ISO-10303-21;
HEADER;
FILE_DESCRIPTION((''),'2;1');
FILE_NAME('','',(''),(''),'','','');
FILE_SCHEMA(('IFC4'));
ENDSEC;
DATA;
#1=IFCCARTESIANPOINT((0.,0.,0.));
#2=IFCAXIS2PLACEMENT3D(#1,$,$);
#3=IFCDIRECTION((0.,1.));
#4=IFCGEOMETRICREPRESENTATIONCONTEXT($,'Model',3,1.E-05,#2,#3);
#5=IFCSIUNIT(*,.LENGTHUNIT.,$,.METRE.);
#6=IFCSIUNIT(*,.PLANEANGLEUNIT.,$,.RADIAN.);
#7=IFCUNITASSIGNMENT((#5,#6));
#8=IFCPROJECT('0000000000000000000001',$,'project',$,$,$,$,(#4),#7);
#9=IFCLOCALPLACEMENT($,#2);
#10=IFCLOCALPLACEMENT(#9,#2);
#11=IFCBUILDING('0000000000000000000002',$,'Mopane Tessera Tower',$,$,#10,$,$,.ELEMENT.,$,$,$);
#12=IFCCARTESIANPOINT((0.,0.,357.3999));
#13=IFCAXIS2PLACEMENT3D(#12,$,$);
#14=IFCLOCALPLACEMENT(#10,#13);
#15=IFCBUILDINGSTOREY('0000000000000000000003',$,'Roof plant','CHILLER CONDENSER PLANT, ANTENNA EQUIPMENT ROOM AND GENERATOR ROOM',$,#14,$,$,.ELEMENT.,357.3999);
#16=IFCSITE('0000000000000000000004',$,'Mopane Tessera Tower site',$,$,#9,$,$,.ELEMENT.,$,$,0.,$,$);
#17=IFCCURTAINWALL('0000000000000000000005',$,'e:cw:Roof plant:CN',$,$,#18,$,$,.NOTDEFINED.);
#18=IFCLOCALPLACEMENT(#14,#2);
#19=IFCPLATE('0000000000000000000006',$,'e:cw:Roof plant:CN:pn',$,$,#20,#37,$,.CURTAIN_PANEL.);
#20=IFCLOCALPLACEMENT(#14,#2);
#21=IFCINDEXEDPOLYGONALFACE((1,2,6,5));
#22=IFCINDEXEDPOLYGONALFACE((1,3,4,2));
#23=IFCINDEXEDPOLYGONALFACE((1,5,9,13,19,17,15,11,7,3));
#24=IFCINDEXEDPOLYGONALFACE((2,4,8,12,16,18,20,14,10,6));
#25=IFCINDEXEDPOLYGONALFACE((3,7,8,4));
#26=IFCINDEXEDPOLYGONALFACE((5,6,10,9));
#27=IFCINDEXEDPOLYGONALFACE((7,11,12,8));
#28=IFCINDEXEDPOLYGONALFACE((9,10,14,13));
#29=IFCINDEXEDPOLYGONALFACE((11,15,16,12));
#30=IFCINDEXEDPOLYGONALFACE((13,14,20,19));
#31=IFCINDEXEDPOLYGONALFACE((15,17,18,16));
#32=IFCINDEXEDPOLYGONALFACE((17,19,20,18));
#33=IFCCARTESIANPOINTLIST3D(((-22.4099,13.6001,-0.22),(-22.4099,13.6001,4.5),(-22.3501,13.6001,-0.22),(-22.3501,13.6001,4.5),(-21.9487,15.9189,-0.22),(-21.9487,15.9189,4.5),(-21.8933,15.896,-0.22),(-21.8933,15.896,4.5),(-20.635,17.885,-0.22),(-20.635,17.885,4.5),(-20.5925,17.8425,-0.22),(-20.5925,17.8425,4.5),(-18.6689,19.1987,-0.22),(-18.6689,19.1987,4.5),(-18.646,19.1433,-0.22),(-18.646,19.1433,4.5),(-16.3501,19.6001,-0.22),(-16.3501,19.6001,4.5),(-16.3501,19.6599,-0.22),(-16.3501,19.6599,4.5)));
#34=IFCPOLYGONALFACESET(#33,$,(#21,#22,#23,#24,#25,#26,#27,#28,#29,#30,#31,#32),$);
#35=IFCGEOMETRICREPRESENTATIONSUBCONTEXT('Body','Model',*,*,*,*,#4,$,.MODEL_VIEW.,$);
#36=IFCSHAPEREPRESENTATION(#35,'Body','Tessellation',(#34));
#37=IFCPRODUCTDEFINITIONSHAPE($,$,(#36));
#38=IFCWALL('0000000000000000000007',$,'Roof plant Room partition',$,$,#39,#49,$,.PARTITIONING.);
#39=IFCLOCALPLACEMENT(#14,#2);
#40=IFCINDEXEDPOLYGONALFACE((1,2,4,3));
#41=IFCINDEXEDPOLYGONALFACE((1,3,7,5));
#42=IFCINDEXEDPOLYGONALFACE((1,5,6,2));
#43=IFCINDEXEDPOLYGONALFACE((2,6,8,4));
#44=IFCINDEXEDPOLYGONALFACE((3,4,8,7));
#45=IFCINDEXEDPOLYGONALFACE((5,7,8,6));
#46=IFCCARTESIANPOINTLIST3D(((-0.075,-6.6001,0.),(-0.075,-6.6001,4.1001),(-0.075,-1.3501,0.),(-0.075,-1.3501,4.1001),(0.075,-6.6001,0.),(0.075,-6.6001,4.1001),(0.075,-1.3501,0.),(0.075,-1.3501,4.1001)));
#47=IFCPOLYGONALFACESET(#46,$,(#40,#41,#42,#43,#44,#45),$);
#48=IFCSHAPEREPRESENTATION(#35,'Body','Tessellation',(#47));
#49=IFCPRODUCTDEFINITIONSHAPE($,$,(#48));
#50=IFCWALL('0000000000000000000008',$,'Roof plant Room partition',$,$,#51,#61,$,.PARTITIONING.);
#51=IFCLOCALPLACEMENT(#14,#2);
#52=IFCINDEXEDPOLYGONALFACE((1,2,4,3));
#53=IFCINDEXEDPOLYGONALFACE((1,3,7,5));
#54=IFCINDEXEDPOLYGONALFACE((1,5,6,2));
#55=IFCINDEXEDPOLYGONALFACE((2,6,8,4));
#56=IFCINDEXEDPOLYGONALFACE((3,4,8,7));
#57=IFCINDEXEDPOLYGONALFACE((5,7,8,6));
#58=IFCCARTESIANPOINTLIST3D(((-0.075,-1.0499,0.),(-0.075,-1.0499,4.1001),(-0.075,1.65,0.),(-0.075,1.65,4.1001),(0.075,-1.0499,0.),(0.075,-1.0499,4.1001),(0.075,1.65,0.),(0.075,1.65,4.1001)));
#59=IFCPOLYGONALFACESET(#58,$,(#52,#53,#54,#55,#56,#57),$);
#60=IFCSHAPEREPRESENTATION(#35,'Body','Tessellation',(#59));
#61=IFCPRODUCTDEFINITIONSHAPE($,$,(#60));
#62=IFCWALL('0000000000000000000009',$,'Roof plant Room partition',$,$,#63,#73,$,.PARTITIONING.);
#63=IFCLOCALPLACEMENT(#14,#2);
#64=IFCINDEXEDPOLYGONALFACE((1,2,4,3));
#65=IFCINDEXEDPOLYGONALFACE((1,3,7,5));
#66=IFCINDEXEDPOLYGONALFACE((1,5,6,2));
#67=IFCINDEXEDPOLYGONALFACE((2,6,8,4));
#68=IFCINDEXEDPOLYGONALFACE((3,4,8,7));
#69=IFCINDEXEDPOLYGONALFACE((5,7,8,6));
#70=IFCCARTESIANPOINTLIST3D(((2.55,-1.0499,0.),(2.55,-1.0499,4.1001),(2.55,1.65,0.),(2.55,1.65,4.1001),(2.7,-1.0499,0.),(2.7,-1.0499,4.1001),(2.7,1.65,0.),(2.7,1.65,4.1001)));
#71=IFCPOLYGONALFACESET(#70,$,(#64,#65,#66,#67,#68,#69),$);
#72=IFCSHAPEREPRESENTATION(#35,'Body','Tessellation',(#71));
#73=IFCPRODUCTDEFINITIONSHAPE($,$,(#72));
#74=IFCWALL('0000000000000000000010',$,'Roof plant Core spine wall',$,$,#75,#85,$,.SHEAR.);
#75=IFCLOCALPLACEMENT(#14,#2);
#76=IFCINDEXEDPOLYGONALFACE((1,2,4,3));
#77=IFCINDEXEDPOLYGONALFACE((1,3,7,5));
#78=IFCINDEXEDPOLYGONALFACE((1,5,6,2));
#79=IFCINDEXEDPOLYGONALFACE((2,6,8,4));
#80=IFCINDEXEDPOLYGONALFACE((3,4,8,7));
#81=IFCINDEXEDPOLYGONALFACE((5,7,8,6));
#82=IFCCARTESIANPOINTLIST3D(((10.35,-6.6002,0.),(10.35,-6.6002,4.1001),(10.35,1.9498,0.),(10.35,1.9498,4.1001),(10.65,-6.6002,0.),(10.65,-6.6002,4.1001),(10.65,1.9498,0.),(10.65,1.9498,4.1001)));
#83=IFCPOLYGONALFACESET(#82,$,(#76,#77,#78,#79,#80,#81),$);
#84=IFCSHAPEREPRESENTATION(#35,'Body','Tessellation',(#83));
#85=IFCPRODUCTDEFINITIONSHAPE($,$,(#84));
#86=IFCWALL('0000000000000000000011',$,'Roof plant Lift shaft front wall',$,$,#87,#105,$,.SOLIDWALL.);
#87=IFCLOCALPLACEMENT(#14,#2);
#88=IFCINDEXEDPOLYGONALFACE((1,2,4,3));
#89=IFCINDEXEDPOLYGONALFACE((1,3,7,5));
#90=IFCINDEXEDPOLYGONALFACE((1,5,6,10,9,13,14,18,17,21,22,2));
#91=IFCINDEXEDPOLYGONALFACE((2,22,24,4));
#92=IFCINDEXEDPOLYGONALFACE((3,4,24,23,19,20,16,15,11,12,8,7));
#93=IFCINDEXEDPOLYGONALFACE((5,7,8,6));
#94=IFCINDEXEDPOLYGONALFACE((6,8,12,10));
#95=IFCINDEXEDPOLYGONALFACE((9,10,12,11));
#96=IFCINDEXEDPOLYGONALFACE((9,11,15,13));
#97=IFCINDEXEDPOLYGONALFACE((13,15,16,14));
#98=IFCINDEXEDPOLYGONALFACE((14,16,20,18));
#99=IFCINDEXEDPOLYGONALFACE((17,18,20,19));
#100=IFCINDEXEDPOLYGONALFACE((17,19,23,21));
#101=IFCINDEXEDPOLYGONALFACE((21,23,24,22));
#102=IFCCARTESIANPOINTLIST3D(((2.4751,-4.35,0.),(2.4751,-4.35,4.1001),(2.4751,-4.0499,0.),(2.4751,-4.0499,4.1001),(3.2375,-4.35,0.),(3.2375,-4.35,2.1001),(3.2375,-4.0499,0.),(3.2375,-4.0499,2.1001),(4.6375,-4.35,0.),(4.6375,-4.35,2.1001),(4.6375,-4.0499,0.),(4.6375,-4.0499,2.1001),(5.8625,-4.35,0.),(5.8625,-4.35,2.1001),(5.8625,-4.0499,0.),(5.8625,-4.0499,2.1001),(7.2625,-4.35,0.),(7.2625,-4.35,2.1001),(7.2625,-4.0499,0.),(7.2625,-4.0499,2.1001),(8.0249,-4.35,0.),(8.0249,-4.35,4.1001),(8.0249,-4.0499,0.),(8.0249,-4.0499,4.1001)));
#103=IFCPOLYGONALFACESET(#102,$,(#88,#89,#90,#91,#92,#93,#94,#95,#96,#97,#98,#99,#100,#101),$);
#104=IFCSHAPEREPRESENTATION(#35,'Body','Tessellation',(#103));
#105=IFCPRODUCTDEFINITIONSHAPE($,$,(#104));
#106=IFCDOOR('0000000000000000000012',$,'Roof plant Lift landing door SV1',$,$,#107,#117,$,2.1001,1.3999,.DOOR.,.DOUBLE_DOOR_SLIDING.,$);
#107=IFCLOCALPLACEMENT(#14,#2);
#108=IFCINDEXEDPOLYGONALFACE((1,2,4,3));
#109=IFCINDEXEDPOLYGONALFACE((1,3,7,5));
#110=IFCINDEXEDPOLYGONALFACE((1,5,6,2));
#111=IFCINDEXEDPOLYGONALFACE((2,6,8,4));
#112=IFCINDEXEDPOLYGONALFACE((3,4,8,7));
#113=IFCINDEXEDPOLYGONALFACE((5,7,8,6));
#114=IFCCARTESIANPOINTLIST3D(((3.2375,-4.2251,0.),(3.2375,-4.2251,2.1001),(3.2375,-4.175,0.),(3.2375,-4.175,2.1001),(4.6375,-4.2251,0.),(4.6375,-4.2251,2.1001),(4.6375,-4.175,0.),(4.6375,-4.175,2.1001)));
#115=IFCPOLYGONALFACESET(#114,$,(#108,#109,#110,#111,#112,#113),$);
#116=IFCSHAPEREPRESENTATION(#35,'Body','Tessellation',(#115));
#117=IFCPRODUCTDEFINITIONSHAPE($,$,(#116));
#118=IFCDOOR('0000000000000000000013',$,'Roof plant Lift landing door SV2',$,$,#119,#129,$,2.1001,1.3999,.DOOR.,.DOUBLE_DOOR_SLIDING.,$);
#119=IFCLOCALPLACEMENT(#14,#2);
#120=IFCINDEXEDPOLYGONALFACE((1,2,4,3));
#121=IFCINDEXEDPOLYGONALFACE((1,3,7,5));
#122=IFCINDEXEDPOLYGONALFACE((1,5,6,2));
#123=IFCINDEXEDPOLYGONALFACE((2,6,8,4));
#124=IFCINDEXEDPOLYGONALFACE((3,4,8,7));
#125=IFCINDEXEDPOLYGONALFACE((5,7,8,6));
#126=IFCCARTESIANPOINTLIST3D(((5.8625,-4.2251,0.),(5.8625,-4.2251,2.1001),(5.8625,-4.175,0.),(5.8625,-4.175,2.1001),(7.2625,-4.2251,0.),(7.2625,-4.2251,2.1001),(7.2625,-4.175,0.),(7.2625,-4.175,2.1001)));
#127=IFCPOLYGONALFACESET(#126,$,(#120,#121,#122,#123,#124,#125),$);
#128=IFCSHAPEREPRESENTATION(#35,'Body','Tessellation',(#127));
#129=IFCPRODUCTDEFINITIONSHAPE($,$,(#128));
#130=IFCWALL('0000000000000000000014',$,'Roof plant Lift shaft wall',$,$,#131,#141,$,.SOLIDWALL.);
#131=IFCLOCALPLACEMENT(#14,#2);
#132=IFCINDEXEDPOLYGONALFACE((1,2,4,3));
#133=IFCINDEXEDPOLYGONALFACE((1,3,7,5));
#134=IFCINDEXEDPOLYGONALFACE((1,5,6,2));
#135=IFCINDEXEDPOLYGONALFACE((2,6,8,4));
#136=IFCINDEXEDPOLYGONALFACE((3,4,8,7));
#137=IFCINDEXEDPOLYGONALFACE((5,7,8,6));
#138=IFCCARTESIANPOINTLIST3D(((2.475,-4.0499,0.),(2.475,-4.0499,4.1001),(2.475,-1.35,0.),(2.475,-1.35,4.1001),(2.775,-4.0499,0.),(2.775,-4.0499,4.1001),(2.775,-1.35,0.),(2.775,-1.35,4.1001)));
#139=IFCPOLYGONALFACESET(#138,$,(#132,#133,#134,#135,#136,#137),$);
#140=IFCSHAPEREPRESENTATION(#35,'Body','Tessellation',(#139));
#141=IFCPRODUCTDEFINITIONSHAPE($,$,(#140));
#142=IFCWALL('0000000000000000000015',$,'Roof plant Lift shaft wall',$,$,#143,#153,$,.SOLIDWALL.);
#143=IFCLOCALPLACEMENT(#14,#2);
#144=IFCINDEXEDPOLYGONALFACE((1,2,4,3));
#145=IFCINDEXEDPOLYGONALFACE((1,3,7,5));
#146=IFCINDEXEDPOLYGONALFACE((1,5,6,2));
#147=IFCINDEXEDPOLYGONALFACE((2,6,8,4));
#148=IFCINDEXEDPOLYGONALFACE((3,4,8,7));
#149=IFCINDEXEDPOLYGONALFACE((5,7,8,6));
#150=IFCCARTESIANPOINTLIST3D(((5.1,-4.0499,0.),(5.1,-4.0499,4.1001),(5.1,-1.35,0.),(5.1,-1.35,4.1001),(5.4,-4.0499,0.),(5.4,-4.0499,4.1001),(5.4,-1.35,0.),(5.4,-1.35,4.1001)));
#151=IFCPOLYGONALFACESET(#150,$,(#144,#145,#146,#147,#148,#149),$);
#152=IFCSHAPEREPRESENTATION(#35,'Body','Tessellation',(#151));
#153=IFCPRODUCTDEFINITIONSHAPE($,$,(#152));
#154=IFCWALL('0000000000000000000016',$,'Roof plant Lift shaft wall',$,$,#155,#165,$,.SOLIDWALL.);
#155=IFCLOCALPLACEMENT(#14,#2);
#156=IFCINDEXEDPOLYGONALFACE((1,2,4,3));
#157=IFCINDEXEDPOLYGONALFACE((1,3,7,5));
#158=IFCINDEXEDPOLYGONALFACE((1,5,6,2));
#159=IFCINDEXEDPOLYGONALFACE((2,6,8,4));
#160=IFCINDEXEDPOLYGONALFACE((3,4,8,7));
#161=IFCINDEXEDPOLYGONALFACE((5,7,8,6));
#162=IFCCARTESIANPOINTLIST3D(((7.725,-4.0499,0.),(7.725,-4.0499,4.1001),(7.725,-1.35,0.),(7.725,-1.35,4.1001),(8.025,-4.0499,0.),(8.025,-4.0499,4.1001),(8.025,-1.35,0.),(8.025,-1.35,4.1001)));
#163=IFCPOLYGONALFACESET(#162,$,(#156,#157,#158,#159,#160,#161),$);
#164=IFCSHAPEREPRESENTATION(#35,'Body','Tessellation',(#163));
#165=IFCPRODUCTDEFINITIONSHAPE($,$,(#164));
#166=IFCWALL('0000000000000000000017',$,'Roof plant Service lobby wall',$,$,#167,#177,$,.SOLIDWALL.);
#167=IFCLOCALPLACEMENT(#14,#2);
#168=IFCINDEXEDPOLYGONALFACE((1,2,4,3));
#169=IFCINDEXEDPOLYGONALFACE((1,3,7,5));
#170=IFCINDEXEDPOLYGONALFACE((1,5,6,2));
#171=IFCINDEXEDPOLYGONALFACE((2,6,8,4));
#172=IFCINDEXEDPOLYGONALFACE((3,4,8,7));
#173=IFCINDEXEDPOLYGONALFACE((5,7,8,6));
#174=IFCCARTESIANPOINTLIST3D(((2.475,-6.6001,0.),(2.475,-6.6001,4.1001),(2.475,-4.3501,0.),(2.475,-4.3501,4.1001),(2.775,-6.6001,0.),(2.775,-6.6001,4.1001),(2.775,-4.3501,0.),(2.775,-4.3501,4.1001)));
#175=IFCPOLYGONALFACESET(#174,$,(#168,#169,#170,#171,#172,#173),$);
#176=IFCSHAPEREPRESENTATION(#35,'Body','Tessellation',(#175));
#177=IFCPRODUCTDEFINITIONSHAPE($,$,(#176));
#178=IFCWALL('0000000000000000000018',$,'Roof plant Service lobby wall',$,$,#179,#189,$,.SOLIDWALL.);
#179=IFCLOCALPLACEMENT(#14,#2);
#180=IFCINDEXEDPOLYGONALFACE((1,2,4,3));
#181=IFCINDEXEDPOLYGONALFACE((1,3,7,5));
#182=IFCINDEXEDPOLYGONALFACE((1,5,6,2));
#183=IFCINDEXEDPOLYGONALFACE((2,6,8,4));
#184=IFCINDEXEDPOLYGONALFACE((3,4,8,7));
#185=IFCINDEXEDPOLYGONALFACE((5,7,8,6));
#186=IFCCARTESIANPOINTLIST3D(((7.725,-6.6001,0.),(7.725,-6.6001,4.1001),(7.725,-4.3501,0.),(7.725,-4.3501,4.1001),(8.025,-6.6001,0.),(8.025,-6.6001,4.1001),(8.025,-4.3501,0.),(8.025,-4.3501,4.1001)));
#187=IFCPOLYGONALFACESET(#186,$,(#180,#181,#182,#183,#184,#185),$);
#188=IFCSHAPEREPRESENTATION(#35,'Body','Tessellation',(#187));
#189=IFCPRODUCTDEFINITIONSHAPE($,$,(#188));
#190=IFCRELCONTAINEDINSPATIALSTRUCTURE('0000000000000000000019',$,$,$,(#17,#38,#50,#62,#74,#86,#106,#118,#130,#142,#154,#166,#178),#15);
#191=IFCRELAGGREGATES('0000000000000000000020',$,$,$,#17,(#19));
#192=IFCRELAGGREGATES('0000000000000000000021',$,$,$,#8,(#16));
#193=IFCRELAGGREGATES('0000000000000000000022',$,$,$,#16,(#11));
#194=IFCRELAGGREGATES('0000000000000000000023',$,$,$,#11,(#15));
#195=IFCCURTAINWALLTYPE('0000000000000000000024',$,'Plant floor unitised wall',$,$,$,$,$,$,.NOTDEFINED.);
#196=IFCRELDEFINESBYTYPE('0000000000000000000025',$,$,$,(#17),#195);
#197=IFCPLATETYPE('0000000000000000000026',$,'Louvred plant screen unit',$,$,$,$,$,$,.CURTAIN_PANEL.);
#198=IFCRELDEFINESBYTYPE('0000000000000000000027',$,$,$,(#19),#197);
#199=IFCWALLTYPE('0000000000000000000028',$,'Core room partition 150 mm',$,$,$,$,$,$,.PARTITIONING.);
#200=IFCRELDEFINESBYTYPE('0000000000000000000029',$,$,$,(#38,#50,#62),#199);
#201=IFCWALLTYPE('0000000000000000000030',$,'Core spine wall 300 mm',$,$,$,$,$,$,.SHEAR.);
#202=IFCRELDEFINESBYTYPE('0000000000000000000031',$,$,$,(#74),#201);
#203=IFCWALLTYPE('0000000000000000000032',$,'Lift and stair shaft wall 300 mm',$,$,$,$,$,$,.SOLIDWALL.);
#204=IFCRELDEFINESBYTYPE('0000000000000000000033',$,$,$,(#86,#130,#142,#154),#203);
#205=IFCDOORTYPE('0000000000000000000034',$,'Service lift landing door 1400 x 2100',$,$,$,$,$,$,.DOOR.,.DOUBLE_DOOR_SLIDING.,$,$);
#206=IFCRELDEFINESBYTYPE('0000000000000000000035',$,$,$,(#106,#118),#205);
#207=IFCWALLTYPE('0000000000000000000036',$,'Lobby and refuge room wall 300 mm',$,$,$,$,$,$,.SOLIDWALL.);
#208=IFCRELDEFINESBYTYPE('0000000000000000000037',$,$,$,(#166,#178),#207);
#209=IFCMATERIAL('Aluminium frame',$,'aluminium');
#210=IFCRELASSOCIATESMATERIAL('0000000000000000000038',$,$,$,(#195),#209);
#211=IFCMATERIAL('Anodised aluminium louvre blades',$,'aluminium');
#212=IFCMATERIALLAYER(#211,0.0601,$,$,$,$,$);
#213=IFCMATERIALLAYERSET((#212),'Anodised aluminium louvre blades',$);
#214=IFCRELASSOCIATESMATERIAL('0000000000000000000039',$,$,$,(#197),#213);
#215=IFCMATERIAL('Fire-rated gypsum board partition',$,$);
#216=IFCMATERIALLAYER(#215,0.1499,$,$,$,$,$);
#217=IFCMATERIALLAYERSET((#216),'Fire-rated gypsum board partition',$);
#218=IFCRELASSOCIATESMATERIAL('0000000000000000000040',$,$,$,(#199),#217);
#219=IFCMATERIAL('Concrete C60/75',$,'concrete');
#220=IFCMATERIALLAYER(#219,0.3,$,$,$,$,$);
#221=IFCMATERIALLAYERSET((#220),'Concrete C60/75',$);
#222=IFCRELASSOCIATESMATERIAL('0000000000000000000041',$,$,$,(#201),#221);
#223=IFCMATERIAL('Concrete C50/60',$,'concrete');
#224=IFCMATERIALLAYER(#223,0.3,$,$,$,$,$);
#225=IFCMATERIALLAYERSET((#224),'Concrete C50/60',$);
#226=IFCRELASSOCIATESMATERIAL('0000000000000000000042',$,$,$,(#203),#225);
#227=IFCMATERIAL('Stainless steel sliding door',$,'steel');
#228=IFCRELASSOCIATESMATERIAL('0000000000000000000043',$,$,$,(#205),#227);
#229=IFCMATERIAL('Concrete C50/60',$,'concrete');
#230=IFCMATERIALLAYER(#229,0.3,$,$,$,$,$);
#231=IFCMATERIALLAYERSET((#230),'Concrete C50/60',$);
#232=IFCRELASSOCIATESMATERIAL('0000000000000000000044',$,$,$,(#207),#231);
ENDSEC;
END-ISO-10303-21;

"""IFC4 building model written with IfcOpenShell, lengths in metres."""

from ifc_helpers import new_model, si_unit, direction, frame, frame_2d, origin, place, context, subcontext, project, spatial, polyline, rectangle, outline, extrude, material, layer, layer_set, type_object, element, fill, aggregate, save


model = new_model("IFC4")

# Units and contexts
model_context = context("Model", 3, precision=1e-05, world=origin(), true_north=direction((0.0, 1.0)))
body_context = subcontext(model_context, "Body", "Model", "MODEL_VIEW")
ifc_project = project(units=[si_unit("LENGTHUNIT", "METRE"), si_unit("PLANEANGLEUNIT", "RADIAN")], contexts=[model_context])

# Site, building, storey
site_placement = place(None, origin())
site = spatial("IfcSite", under=ifc_project, at=site_placement, Name="Mopane Tessera Tower site", CompositionType="ELEMENT", RefElevation=0.0)
building_placement = place(site_placement, origin())
building = spatial("IfcBuilding", under=site, at=building_placement, Name="Mopane Tessera Tower", CompositionType="ELEMENT")
storey_placement = place(building_placement, frame((0.0, 0.0, 357.3999)))
storey = spatial("IfcBuildingStorey", under=building, at=storey_placement, Name="Roof plant", Description="CHILLER CONDENSER PLANT, ANTENNA EQUIPMENT ROOM AND GENERATOR ROOM", CompositionType="ELEMENT", Elevation=357.3999)

# Shared definitions
ifc_material_1 = material(Name="Aluminium frame", Category="aluminium")
curtain_wall_type = type_object("IfcCurtainWallType", Name="Plant floor unitised wall", PredefinedType="NOTDEFINED", material=ifc_material_1)

# Curtain wall
curtain_wall_1_placement = place(storey_placement, origin())
curtain_wall_1 = element("IfcCurtainWall", 1, at=curtain_wall_1_placement, inside=storey, type_object=curtain_wall_type, Name="e:cw:Roof plant:CN", PredefinedType="NOTDEFINED")

# Shared definitions
ifc_material_2 = material(Name="Anodised aluminium louvre blades", Category="aluminium")
ifc_layer_1 = layer(ifc_material_2, 0.0601)
ifc_layer_set_1 = layer_set([ifc_layer_1], Name="Anodised aluminium louvre blades")
plate_type = type_object("IfcPlateType", Name="Louvred plant screen unit", PredefinedType="CURTAIN_PANEL", material=ifc_layer_set_1)

# Plate
plate_1_placement = place(storey_placement, frame((0.0, 0.0, -0.22)))
plate_1 = element("IfcPlate", 2, at=plate_1_placement, type_object=plate_type, Name="e:cw:Roof plant:CN:pn", PredefinedType="CURTAIN_PANEL", context=body_context, shape_type="SweptSolid", body=[
    extrude(outline(polyline([(-16.3501, 19.6001), (-18.646, 19.1433), (-20.5925, 17.8425), (-21.8933, 15.896), (-22.3501, 13.6001), (-22.4099, 13.6001), (-21.9487, 15.9189), (-20.635, 17.885), (-18.6689, 19.1987), (-16.3501, 19.6599), (-16.3501, 19.6001)])), origin(), (0.0, 0.0, 1.0), 4.72),
])
aggregate(curtain_wall_1, [plate_1])

# Walls
ifc_material_3 = material(Name="Fire-rated gypsum board partition")
ifc_layer_2 = layer(ifc_material_3, 0.1499)
ifc_layer_set_2 = layer_set([ifc_layer_2], Name="Fire-rated gypsum board partition")
wall_type_1 = type_object("IfcWallType", Name="Core room partition 150 mm", PredefinedType="PARTITIONING", material=ifc_layer_set_2)
wall_1_placement = place(storey_placement, frame((0.0, -6.6001, 0.0), z_axis=(0.0, 0.0, 1.0), x_axis=(0.0, 1.0, 0.0)))
element("IfcWall", 3, at=wall_1_placement, inside=storey, type_object=wall_type_1, Name="Roof plant Room partition", PredefinedType="PARTITIONING", context=body_context, shape_type="SweptSolid", body=[
    extrude(rectangle(XDim=5.25, YDim=0.1499, at=frame_2d((2.625, 0.0))), origin(), (0.0, 0.0, 1.0), 4.1001),
])
for number, where, z_axis, x_axis, name in (
    (4, (0.0, -1.05, 0.0), (0.0, 0.0, 1.0), (0.0, 1.0, 0.0), "Roof plant Room partition"),
    (5, (2.625, -1.05, 0.0), (0.0, 0.0, 1.0), (0.0, 1.0, 0.0), "Roof plant Room partition"),
):
    element("IfcWall", number, at=place(storey_placement, frame(where, z_axis=z_axis, x_axis=x_axis)), inside=storey, type_object=wall_type_1, Name=name, PredefinedType="PARTITIONING", context=body_context, shape_type="SweptSolid", body=[
        extrude(rectangle(XDim=2.7, YDim=0.1499, at=frame_2d((1.3501, 0.0))), origin(), (0.0, 0.0, 1.0), 4.1001),
    ])
ifc_material_4 = material(Name="Concrete C60/75", Category="concrete")
ifc_layer_3 = layer(ifc_material_4, 0.3)
ifc_layer_set_3 = layer_set([ifc_layer_3], Name="Concrete C60/75")
wall_type_2 = type_object("IfcWallType", Name="Core spine wall 300 mm", PredefinedType="SHEAR", material=ifc_layer_set_3)
wall_2_placement = place(storey_placement, frame((10.5, -6.6001, 0.0), z_axis=(0.0, 0.0, 1.0), x_axis=(0.0, 1.0, 0.0)))
element("IfcWall", 6, at=wall_2_placement, inside=storey, type_object=wall_type_2, Name="Roof plant Core spine wall", PredefinedType="SHEAR", context=body_context, shape_type="SweptSolid", body=[
    extrude(rectangle(XDim=8.55, YDim=0.3, at=frame_2d((4.2749, 0.0))), origin(), (0.0, 0.0, 1.0), 4.1001),
])

# Wall, openings, doors
ifc_material_5 = material(Name="Concrete C50/60", Category="concrete")
ifc_layer_4 = layer(ifc_material_5, 0.3)
ifc_layer_set_4 = layer_set([ifc_layer_4], Name="Concrete C50/60")
wall_type_3 = type_object("IfcWallType", Name="Lift and stair shaft wall 300 mm", PredefinedType="SOLIDWALL", material=ifc_layer_set_4)
wall_3_placement = place(storey_placement, frame((2.4751, -4.2, 0.0), z_axis=(0.0, 0.0, 1.0), x_axis=(1.0, 0.0, 0.0)))
wall_3 = element("IfcWall", 7, at=wall_3_placement, inside=storey, type_object=wall_type_3, Name="Roof plant Lift shaft front wall", PredefinedType="SOLIDWALL", context=body_context, shape_type="SweptSolid", body=[
    extrude(rectangle(XDim=5.5498, YDim=0.3, at=frame_2d((2.7749, 0.0))), origin(), (0.0, 0.0, 1.0), 4.1001),
])
opening_1_placement = place(wall_3_placement, frame((0.7625, 0.0, 0.0)))
opening_1 = element("IfcOpeningElement", 8, at=opening_1_placement, cuts=wall_3, PredefinedType="OPENING", context=body_context, shape_type="SweptSolid", body=[
    extrude(rectangle(XDim=1.3999, YDim=2.1001, at=frame_2d((0.7, 1.05))), frame((0.0, 0.1621, 0.0), z_axis=(0.0, -1.0, 0.0), x_axis=(1.0, 0.0, 0.0)), (0.0, 0.0, 1.0), 0.324),
])
opening_2_placement = place(wall_3_placement, frame((3.3875, 0.0, 0.0)))
opening_2 = element("IfcOpeningElement", 9, at=opening_2_placement, cuts=wall_3, PredefinedType="OPENING", context=body_context, shape_type="SweptSolid", body=[
    extrude(rectangle(XDim=1.3999, YDim=2.1001, at=frame_2d((0.7, 1.05))), frame((0.0, 0.1621, 0.0), z_axis=(0.0, -1.0, 0.0), x_axis=(1.0, 0.0, 0.0)), (0.0, 0.0, 1.0), 0.324),
])
ifc_material_6 = material(Name="Stainless steel sliding door", Category="steel")
door_type = type_object("IfcDoorType", Name="Service lift landing door 1400 x 2100", OperationType="DOUBLE_DOOR_SLIDING", PredefinedType="DOOR", material=ifc_material_6)
door_1_placement = place(opening_1_placement, origin())
door_1 = element("IfcDoor", 10, at=door_1_placement, inside=storey, type_object=door_type, Name="Roof plant Lift landing door SV1", OperationType="DOUBLE_DOOR_SLIDING", OverallHeight=2.1001, OverallWidth=1.3999, PredefinedType="DOOR", context=body_context, shape_type="SweptSolid", body=[
    extrude(rectangle(XDim=1.3999, YDim=2.1001, at=frame_2d((0.7, 1.05))), frame((0.0, 0.0249, 0.0), z_axis=(0.0, -1.0, 0.0), x_axis=(1.0, 0.0, 0.0)), (0.0, 0.0, 1.0), 0.05),
])
fill(opening_1, door_1)
door_2_placement = place(opening_2_placement, origin())
door_2 = element("IfcDoor", 11, at=door_2_placement, inside=storey, type_object=door_type, Name="Roof plant Lift landing door SV2", OperationType="DOUBLE_DOOR_SLIDING", OverallHeight=2.1001, OverallWidth=1.3999, PredefinedType="DOOR", context=body_context, shape_type="SweptSolid", body=[
    extrude(rectangle(XDim=1.3999, YDim=2.1001, at=frame_2d((0.7, 1.05))), frame((0.0, 0.0249, 0.0), z_axis=(0.0, -1.0, 0.0), x_axis=(1.0, 0.0, 0.0)), (0.0, 0.0, 1.0), 0.05),
])
fill(opening_2, door_2)

# Walls
for number, where, z_axis, x_axis, name in (
    (12, (2.625, -4.05, 0.0), (0.0, 0.0, 1.0), (0.0, 1.0, 0.0), "Roof plant Lift shaft wall"),
    (13, (5.25, -4.05, 0.0), (0.0, 0.0, 1.0), (0.0, 1.0, 0.0), "Roof plant Lift shaft wall"),
    (14, (7.875, -4.05, 0.0), (0.0, 0.0, 1.0), (0.0, 1.0, 0.0), "Roof plant Lift shaft wall"),
):
    element("IfcWall", number, at=place(storey_placement, frame(where, z_axis=z_axis, x_axis=x_axis)), inside=storey, type_object=wall_type_3, Name=name, PredefinedType="SOLIDWALL", context=body_context, shape_type="SweptSolid", body=[
        extrude(rectangle(XDim=2.7, YDim=0.3, at=frame_2d((1.3501, 0.0))), origin(), (0.0, 0.0, 1.0), 4.1001),
    ])
ifc_material_7 = material(Name="Concrete C50/60", Category="concrete")
ifc_layer_5 = layer(ifc_material_7, 0.3)
ifc_layer_set_5 = layer_set([ifc_layer_5], Name="Concrete C50/60")
wall_type_4 = type_object("IfcWallType", Name="Lobby and refuge room wall 300 mm", PredefinedType="SOLIDWALL", material=ifc_layer_set_5)
for number, where, z_axis, x_axis, name in (
    (15, (2.625, -6.6001, 0.0), (0.0, 0.0, 1.0), (0.0, 1.0, 0.0), "Roof plant Service lobby wall"),
    (16, (7.875, -6.6001, 0.0), (0.0, 0.0, 1.0), (0.0, 1.0, 0.0), "Roof plant Service lobby wall"),
):
    element("IfcWall", number, at=place(storey_placement, frame(where, z_axis=z_axis, x_axis=x_axis)), inside=storey, type_object=wall_type_4, Name=name, PredefinedType="SOLIDWALL", context=body_context, shape_type="SweptSolid", body=[
        extrude(rectangle(XDim=2.25, YDim=0.3, at=frame_2d((1.125, 0.0))), origin(), (0.0, 0.0, 1.0), 4.1001),
    ])

save(model, "model.ifc")
